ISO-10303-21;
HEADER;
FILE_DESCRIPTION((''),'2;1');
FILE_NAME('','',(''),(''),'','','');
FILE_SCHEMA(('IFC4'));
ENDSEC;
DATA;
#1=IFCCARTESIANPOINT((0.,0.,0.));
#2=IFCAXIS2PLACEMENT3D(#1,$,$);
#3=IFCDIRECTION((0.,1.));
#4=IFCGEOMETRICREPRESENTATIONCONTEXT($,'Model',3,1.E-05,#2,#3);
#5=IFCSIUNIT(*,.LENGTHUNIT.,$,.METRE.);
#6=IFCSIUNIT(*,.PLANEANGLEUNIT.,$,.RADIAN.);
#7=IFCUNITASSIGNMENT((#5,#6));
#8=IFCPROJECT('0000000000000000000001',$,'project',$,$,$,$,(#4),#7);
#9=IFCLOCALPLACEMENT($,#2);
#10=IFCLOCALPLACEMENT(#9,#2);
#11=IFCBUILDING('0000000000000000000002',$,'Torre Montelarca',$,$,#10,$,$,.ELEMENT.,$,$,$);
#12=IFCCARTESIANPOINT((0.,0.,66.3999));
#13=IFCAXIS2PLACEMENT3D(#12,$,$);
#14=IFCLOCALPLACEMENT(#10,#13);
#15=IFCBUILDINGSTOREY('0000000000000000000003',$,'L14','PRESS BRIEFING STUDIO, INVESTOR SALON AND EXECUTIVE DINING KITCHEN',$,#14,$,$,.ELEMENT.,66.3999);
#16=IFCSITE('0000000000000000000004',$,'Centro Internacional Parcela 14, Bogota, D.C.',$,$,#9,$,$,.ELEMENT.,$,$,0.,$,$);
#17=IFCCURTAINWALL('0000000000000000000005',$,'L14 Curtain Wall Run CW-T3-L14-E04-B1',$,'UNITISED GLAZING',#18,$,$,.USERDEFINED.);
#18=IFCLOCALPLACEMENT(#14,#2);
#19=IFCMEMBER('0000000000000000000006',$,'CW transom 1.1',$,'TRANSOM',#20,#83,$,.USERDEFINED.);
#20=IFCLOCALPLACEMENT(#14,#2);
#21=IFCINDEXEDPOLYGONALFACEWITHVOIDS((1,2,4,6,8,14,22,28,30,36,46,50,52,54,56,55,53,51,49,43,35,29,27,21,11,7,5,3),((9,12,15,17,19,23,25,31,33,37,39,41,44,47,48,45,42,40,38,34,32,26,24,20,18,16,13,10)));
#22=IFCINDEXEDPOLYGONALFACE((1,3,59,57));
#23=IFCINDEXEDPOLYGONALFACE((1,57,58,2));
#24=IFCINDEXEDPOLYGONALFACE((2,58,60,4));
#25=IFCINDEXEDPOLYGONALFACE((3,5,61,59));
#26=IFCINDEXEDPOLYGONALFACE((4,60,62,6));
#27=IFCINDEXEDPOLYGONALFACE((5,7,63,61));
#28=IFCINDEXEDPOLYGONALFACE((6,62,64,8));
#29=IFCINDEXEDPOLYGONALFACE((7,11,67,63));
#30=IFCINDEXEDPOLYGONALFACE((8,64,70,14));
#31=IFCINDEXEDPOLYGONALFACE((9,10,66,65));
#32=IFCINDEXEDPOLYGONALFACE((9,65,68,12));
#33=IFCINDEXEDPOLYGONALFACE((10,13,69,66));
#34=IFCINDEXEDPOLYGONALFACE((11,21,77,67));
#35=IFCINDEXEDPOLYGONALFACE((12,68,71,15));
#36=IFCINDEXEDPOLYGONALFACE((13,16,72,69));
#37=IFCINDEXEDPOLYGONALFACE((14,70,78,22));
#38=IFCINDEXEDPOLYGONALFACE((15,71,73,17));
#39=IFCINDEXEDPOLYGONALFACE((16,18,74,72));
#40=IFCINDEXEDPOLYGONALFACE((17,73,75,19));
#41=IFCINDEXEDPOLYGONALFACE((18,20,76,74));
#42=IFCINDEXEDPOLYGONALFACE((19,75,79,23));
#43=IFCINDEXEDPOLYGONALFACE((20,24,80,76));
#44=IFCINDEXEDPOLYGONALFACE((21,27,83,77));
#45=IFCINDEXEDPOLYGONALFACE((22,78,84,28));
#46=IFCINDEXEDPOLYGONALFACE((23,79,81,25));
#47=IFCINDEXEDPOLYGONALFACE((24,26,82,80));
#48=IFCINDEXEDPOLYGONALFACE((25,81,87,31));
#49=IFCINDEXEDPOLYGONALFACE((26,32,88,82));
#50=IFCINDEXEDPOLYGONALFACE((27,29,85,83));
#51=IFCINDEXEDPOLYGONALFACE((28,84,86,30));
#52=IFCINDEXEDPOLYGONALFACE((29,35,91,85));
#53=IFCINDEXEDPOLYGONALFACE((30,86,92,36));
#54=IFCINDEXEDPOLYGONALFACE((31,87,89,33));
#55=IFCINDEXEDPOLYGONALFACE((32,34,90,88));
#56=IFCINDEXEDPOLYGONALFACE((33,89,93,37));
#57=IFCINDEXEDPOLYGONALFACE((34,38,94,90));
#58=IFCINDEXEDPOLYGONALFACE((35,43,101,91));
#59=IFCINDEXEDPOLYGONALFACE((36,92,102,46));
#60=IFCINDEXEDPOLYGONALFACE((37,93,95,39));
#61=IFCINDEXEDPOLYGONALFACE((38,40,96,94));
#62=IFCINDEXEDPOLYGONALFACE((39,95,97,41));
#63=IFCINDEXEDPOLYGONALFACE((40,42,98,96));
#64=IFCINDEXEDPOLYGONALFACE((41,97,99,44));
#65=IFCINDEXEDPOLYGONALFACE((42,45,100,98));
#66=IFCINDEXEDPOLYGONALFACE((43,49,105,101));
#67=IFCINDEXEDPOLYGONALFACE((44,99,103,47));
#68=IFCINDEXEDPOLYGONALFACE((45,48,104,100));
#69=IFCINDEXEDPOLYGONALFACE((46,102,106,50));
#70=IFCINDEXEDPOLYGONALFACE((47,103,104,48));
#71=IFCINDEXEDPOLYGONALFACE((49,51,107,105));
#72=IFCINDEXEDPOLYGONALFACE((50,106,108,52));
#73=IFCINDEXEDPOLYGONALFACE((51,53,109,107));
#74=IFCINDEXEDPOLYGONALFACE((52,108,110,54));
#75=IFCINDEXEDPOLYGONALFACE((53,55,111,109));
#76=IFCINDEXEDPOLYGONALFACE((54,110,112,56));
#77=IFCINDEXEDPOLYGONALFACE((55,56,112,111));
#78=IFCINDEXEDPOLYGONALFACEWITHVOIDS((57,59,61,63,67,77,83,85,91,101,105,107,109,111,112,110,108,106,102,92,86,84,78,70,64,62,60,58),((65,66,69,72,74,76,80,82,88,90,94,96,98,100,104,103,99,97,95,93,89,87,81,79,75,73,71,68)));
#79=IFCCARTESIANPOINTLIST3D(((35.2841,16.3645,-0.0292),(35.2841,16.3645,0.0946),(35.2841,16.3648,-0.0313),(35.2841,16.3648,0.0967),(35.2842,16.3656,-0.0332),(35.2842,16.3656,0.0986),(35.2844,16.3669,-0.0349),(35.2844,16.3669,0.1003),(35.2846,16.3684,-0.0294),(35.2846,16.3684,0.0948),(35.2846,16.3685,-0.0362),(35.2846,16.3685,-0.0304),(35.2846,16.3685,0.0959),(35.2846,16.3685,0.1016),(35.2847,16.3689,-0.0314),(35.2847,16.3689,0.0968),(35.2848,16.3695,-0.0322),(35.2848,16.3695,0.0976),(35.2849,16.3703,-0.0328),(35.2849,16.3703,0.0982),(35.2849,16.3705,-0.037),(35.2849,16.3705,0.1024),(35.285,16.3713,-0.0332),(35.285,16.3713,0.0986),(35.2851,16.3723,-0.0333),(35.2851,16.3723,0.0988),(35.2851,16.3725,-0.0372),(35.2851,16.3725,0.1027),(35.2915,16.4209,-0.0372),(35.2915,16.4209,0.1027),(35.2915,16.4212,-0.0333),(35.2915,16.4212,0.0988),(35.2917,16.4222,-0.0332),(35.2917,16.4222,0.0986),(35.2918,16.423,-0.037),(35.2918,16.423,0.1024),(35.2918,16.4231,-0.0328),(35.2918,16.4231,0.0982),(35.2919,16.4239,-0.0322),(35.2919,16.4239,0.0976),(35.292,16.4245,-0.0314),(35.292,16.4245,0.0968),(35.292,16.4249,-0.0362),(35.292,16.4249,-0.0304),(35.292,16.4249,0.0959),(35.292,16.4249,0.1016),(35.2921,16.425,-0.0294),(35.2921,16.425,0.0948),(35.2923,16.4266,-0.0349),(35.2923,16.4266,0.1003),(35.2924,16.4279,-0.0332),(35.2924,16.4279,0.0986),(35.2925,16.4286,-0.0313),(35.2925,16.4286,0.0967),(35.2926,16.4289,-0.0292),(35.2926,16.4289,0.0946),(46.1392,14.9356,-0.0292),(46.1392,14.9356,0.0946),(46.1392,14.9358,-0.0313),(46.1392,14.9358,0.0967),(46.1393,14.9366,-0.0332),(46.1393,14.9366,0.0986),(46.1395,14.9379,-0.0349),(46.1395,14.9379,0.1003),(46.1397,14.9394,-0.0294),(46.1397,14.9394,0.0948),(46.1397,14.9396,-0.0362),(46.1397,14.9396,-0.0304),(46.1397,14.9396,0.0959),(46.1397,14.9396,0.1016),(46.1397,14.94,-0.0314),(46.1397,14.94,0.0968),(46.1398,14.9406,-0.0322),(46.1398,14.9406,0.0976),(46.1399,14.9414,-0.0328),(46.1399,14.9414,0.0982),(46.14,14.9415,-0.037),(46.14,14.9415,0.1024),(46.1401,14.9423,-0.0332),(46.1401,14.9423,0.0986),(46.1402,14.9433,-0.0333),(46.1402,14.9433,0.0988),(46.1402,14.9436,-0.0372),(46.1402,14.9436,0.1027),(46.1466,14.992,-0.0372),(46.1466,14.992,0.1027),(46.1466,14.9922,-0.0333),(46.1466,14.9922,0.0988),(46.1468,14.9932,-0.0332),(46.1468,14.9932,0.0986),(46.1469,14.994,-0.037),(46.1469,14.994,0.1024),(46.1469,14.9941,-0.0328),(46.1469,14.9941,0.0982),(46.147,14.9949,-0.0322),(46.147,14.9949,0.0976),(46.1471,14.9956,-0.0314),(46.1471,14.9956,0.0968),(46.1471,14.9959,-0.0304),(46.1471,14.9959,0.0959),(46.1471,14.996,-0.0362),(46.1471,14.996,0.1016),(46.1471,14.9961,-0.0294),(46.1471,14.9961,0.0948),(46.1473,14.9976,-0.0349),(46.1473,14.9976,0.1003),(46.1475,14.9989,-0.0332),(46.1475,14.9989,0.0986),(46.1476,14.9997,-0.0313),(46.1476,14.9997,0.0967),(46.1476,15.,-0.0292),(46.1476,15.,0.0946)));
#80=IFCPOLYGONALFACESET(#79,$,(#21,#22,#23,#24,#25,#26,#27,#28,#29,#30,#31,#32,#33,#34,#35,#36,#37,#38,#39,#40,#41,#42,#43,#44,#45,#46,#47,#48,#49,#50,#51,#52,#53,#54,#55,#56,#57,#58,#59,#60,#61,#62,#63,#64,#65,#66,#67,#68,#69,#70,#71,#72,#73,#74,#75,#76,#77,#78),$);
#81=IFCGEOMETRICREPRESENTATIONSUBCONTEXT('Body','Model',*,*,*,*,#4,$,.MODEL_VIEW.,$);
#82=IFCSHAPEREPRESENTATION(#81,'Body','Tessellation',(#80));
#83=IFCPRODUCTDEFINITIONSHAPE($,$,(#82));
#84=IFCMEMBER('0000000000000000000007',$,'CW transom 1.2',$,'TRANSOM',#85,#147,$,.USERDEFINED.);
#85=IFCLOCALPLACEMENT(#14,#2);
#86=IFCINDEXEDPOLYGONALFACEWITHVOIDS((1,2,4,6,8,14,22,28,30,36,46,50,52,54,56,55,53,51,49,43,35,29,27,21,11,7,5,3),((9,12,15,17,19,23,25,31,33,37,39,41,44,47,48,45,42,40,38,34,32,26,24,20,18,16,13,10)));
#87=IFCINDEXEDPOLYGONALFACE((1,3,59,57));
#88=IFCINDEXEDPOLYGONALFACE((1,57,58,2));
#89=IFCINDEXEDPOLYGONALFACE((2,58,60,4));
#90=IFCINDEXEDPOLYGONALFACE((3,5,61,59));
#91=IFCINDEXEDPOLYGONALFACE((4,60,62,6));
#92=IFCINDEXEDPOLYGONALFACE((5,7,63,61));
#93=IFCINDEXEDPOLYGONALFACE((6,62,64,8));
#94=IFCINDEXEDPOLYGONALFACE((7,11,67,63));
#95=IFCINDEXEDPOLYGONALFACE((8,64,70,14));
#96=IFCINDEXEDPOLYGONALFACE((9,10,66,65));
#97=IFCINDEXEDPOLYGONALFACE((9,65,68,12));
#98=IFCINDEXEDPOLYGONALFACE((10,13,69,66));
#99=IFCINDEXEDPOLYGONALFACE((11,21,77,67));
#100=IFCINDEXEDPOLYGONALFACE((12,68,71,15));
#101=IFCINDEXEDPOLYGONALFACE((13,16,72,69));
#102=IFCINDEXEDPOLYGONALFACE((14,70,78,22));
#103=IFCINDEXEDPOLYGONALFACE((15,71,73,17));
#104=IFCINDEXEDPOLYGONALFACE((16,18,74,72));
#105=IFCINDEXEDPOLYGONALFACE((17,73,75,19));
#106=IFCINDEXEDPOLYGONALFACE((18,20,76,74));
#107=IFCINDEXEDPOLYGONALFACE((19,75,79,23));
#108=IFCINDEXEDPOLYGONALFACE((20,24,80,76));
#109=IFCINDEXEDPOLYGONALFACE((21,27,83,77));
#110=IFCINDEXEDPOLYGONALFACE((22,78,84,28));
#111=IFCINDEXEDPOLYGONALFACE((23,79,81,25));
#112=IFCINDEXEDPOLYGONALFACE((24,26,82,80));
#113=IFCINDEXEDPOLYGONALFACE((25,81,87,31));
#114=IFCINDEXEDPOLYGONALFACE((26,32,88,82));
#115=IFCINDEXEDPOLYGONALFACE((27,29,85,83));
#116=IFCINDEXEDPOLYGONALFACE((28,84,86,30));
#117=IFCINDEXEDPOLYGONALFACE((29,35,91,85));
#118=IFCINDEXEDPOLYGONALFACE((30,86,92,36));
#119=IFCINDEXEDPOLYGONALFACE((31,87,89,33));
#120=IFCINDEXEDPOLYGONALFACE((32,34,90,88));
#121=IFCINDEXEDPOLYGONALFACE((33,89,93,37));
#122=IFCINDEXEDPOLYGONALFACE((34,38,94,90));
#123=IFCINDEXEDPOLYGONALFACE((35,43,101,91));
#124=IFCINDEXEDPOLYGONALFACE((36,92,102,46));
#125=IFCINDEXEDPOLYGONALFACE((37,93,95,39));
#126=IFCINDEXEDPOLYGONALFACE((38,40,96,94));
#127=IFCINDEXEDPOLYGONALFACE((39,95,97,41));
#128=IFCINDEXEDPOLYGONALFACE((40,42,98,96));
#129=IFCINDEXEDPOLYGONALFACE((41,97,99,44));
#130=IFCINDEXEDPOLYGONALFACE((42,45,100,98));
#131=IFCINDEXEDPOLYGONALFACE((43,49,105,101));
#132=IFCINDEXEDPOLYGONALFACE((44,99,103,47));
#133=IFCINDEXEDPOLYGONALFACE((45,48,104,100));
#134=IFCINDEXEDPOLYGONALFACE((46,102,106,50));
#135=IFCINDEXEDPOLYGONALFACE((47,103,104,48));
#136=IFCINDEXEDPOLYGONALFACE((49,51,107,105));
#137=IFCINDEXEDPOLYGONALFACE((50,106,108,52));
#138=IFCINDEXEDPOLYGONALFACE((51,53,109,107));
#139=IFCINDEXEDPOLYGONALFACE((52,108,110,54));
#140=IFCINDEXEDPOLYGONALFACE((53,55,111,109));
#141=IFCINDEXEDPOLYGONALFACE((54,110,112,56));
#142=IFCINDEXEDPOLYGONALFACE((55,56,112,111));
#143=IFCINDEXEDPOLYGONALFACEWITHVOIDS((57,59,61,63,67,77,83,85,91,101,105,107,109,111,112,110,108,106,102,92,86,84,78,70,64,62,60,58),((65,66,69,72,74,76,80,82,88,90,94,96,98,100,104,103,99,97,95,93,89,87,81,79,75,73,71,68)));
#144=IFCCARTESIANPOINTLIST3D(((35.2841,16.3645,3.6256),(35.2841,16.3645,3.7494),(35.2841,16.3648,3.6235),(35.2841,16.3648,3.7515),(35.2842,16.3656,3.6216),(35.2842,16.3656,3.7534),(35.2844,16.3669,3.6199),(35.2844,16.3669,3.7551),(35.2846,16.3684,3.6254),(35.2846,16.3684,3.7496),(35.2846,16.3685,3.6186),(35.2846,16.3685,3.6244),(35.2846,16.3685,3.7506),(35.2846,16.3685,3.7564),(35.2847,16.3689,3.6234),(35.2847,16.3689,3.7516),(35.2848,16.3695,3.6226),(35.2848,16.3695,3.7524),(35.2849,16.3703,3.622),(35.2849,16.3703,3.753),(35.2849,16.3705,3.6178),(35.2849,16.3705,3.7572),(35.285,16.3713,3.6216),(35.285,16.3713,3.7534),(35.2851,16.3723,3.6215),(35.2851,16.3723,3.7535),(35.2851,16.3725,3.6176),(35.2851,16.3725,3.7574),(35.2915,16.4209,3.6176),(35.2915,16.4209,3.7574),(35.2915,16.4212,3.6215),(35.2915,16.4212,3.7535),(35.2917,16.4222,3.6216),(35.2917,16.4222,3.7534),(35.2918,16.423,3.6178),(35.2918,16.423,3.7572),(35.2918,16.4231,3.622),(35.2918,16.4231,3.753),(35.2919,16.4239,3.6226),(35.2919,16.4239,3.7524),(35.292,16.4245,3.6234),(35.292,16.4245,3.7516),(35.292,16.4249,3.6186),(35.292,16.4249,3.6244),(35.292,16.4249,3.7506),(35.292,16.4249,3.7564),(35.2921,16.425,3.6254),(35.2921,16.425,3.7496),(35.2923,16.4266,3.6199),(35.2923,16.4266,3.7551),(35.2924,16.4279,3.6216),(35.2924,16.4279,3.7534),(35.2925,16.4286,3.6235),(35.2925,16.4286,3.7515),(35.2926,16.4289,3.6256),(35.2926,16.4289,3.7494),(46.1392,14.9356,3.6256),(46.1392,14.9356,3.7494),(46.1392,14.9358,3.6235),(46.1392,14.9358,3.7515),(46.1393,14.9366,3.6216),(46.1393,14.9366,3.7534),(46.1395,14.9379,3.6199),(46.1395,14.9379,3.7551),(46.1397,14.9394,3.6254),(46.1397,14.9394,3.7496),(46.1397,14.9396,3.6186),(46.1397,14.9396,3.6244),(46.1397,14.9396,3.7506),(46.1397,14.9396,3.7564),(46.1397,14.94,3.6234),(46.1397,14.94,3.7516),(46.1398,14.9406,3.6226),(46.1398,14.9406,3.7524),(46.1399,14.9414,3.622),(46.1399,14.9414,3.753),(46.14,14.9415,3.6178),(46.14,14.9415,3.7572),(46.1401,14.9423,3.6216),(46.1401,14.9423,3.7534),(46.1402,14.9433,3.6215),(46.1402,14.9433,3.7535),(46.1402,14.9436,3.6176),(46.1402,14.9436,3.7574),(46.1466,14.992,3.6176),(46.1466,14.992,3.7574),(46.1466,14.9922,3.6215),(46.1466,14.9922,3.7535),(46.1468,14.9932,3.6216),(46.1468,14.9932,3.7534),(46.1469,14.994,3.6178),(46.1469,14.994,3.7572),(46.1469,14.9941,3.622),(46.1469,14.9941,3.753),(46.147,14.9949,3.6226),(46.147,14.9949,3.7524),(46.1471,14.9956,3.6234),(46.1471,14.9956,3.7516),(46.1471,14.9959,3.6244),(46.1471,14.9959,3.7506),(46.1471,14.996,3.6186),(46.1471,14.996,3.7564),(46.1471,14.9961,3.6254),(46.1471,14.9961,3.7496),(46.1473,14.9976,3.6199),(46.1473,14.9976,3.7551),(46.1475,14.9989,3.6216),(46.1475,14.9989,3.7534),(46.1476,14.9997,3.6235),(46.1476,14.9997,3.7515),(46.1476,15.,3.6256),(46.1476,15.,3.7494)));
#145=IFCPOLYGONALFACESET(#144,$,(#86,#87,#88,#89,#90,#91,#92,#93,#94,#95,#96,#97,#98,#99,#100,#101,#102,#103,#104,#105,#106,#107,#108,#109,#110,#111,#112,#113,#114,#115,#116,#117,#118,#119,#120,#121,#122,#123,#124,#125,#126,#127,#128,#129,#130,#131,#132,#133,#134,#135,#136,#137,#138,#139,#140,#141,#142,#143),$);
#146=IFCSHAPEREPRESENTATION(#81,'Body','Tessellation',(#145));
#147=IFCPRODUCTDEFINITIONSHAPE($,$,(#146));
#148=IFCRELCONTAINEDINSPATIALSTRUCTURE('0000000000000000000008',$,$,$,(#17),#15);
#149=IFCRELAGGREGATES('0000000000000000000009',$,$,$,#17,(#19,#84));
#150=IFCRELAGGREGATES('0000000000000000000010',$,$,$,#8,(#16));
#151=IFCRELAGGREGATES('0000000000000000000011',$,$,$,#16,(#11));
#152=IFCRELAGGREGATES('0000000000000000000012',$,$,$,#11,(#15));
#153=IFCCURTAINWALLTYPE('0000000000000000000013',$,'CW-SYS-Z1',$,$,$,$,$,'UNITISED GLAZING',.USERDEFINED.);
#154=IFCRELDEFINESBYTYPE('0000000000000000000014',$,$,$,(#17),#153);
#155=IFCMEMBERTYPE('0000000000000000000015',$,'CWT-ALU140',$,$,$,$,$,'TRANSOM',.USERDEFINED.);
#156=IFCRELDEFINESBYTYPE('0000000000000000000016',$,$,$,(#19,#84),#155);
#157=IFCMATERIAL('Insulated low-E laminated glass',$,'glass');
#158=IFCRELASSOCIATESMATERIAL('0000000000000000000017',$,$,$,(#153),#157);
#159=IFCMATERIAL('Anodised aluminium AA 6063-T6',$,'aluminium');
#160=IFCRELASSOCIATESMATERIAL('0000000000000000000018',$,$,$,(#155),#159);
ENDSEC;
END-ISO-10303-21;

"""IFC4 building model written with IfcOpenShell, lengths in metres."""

from ifc_helpers import new_model, si_unit, direction, frame, origin, origin_2d, place, context, subcontext, project, spatial, hollow_rectangle, extrude, source, transform, mapped, material, material_profile, profile_set, type_object, element, aggregate, save


model = new_model("IFC4")

# Units and contexts
model_context = context("Model", 3, precision=1e-05, world=origin(), true_north=direction((0.0, 1.0)))
body_context = subcontext(model_context, "Body", "Model", "MODEL_VIEW")
ifc_project = project(units=[si_unit("LENGTHUNIT", "METRE"), si_unit("PLANEANGLEUNIT", "RADIAN")], contexts=[model_context])

# Site, building, storey
site_placement = place(None, origin())
site = spatial("IfcSite", under=ifc_project, at=site_placement, Name="Centro Internacional Parcela 14, Bogota, D.C.", CompositionType="ELEMENT", RefElevation=0.0)
building_placement = place(site_placement, origin())
building = spatial("IfcBuilding", under=site, at=building_placement, Name="Torre Montelarca", CompositionType="ELEMENT")
storey_placement = place(building_placement, frame((0.0, 0.0, 66.3999)))
storey = spatial("IfcBuildingStorey", under=building, at=storey_placement, Name="L14", Description="PRESS BRIEFING STUDIO, INVESTOR SALON AND EXECUTIVE DINING KITCHEN", CompositionType="ELEMENT", Elevation=66.3999)

# Curtain wall, members
ifc_material_1 = material(Name="Insulated low-E laminated glass", Category="glass")
curtain_wall_type = type_object("IfcCurtainWallType", Name="CW-SYS-Z1", ElementType="UNITISED GLAZING", PredefinedType="USERDEFINED", material=ifc_material_1)
ifc_material_2 = material(Name="Anodised aluminium AA 6063-T6", Category="aluminium")
ifc_material_profile_1 = material_profile(ifc_material_2, hollow_rectangle(XDim=0.0649, YDim=0.1399, WallThickness=0.0039, InnerFilletRadius=0.0039, OuterFilletRadius=0.0081, at=origin_2d()), Name="ALU65X140X4", Category="aluminium")
ifc_profile_set_1 = profile_set([ifc_material_profile_1], Name="Anodised aluminium AA 6063-T6")
member_type_1 = type_object("IfcMemberType", Name="CWT-ALU140", ElementType="TRANSOM", PredefinedType="USERDEFINED", material=ifc_profile_set_1)
curtain_wall_1_placement = place(storey_placement, origin())
curtain_wall_1 = element("IfcCurtainWall", 1, at=curtain_wall_1_placement, inside=storey, type_object=curtain_wall_type, Name="L14 Curtain Wall Run CW-T3-L14-E04-B1", ObjectType="UNITISED GLAZING", PredefinedType="USERDEFINED")
shared_shape_1 = source(origin(), body_context, "Body", "SweptSolid", [
    extrude(hollow_rectangle(XDim=0.0649, YDim=0.1399, WallThickness=0.0039, InnerFilletRadius=0.0039, OuterFilletRadius=0.0081, at=origin_2d()), origin(), (0.0, 0.0, 1.0), 10.9487),
])
member_1_placement = place(storey_placement, frame((35.2883, 16.3967, 0.0327), z_axis=(0.991446, -0.130515, 0.0), x_axis=(0.130515, 0.991446, 0.0)))
member_1 = element("IfcMember", 2, at=member_1_placement, type_object=member_type_1, Name="CW transom 1.1", ObjectType="TRANSOM", PredefinedType="USERDEFINED", context=body_context, shape_type="MappedRepresentation", body=[
    mapped(shared_shape_1, transform((0.0, 0.0, 0.0), scale=1.0)),
])
member_2_placement = place(storey_placement, frame((35.2883, 16.3967, 3.6875), z_axis=(0.991446, -0.130515, 0.0), x_axis=(0.130515, 0.991446, 0.0)))
member_2 = element("IfcMember", 3, at=member_2_placement, type_object=member_type_1, Name="CW transom 1.2", ObjectType="TRANSOM", PredefinedType="USERDEFINED", context=body_context, shape_type="MappedRepresentation", body=[
    mapped(shared_shape_1, transform((0.0, 0.0, 0.0), scale=1.0)),
])

aggregate(curtain_wall_1, [member_1, member_2])

save(model, "model.ifc")
